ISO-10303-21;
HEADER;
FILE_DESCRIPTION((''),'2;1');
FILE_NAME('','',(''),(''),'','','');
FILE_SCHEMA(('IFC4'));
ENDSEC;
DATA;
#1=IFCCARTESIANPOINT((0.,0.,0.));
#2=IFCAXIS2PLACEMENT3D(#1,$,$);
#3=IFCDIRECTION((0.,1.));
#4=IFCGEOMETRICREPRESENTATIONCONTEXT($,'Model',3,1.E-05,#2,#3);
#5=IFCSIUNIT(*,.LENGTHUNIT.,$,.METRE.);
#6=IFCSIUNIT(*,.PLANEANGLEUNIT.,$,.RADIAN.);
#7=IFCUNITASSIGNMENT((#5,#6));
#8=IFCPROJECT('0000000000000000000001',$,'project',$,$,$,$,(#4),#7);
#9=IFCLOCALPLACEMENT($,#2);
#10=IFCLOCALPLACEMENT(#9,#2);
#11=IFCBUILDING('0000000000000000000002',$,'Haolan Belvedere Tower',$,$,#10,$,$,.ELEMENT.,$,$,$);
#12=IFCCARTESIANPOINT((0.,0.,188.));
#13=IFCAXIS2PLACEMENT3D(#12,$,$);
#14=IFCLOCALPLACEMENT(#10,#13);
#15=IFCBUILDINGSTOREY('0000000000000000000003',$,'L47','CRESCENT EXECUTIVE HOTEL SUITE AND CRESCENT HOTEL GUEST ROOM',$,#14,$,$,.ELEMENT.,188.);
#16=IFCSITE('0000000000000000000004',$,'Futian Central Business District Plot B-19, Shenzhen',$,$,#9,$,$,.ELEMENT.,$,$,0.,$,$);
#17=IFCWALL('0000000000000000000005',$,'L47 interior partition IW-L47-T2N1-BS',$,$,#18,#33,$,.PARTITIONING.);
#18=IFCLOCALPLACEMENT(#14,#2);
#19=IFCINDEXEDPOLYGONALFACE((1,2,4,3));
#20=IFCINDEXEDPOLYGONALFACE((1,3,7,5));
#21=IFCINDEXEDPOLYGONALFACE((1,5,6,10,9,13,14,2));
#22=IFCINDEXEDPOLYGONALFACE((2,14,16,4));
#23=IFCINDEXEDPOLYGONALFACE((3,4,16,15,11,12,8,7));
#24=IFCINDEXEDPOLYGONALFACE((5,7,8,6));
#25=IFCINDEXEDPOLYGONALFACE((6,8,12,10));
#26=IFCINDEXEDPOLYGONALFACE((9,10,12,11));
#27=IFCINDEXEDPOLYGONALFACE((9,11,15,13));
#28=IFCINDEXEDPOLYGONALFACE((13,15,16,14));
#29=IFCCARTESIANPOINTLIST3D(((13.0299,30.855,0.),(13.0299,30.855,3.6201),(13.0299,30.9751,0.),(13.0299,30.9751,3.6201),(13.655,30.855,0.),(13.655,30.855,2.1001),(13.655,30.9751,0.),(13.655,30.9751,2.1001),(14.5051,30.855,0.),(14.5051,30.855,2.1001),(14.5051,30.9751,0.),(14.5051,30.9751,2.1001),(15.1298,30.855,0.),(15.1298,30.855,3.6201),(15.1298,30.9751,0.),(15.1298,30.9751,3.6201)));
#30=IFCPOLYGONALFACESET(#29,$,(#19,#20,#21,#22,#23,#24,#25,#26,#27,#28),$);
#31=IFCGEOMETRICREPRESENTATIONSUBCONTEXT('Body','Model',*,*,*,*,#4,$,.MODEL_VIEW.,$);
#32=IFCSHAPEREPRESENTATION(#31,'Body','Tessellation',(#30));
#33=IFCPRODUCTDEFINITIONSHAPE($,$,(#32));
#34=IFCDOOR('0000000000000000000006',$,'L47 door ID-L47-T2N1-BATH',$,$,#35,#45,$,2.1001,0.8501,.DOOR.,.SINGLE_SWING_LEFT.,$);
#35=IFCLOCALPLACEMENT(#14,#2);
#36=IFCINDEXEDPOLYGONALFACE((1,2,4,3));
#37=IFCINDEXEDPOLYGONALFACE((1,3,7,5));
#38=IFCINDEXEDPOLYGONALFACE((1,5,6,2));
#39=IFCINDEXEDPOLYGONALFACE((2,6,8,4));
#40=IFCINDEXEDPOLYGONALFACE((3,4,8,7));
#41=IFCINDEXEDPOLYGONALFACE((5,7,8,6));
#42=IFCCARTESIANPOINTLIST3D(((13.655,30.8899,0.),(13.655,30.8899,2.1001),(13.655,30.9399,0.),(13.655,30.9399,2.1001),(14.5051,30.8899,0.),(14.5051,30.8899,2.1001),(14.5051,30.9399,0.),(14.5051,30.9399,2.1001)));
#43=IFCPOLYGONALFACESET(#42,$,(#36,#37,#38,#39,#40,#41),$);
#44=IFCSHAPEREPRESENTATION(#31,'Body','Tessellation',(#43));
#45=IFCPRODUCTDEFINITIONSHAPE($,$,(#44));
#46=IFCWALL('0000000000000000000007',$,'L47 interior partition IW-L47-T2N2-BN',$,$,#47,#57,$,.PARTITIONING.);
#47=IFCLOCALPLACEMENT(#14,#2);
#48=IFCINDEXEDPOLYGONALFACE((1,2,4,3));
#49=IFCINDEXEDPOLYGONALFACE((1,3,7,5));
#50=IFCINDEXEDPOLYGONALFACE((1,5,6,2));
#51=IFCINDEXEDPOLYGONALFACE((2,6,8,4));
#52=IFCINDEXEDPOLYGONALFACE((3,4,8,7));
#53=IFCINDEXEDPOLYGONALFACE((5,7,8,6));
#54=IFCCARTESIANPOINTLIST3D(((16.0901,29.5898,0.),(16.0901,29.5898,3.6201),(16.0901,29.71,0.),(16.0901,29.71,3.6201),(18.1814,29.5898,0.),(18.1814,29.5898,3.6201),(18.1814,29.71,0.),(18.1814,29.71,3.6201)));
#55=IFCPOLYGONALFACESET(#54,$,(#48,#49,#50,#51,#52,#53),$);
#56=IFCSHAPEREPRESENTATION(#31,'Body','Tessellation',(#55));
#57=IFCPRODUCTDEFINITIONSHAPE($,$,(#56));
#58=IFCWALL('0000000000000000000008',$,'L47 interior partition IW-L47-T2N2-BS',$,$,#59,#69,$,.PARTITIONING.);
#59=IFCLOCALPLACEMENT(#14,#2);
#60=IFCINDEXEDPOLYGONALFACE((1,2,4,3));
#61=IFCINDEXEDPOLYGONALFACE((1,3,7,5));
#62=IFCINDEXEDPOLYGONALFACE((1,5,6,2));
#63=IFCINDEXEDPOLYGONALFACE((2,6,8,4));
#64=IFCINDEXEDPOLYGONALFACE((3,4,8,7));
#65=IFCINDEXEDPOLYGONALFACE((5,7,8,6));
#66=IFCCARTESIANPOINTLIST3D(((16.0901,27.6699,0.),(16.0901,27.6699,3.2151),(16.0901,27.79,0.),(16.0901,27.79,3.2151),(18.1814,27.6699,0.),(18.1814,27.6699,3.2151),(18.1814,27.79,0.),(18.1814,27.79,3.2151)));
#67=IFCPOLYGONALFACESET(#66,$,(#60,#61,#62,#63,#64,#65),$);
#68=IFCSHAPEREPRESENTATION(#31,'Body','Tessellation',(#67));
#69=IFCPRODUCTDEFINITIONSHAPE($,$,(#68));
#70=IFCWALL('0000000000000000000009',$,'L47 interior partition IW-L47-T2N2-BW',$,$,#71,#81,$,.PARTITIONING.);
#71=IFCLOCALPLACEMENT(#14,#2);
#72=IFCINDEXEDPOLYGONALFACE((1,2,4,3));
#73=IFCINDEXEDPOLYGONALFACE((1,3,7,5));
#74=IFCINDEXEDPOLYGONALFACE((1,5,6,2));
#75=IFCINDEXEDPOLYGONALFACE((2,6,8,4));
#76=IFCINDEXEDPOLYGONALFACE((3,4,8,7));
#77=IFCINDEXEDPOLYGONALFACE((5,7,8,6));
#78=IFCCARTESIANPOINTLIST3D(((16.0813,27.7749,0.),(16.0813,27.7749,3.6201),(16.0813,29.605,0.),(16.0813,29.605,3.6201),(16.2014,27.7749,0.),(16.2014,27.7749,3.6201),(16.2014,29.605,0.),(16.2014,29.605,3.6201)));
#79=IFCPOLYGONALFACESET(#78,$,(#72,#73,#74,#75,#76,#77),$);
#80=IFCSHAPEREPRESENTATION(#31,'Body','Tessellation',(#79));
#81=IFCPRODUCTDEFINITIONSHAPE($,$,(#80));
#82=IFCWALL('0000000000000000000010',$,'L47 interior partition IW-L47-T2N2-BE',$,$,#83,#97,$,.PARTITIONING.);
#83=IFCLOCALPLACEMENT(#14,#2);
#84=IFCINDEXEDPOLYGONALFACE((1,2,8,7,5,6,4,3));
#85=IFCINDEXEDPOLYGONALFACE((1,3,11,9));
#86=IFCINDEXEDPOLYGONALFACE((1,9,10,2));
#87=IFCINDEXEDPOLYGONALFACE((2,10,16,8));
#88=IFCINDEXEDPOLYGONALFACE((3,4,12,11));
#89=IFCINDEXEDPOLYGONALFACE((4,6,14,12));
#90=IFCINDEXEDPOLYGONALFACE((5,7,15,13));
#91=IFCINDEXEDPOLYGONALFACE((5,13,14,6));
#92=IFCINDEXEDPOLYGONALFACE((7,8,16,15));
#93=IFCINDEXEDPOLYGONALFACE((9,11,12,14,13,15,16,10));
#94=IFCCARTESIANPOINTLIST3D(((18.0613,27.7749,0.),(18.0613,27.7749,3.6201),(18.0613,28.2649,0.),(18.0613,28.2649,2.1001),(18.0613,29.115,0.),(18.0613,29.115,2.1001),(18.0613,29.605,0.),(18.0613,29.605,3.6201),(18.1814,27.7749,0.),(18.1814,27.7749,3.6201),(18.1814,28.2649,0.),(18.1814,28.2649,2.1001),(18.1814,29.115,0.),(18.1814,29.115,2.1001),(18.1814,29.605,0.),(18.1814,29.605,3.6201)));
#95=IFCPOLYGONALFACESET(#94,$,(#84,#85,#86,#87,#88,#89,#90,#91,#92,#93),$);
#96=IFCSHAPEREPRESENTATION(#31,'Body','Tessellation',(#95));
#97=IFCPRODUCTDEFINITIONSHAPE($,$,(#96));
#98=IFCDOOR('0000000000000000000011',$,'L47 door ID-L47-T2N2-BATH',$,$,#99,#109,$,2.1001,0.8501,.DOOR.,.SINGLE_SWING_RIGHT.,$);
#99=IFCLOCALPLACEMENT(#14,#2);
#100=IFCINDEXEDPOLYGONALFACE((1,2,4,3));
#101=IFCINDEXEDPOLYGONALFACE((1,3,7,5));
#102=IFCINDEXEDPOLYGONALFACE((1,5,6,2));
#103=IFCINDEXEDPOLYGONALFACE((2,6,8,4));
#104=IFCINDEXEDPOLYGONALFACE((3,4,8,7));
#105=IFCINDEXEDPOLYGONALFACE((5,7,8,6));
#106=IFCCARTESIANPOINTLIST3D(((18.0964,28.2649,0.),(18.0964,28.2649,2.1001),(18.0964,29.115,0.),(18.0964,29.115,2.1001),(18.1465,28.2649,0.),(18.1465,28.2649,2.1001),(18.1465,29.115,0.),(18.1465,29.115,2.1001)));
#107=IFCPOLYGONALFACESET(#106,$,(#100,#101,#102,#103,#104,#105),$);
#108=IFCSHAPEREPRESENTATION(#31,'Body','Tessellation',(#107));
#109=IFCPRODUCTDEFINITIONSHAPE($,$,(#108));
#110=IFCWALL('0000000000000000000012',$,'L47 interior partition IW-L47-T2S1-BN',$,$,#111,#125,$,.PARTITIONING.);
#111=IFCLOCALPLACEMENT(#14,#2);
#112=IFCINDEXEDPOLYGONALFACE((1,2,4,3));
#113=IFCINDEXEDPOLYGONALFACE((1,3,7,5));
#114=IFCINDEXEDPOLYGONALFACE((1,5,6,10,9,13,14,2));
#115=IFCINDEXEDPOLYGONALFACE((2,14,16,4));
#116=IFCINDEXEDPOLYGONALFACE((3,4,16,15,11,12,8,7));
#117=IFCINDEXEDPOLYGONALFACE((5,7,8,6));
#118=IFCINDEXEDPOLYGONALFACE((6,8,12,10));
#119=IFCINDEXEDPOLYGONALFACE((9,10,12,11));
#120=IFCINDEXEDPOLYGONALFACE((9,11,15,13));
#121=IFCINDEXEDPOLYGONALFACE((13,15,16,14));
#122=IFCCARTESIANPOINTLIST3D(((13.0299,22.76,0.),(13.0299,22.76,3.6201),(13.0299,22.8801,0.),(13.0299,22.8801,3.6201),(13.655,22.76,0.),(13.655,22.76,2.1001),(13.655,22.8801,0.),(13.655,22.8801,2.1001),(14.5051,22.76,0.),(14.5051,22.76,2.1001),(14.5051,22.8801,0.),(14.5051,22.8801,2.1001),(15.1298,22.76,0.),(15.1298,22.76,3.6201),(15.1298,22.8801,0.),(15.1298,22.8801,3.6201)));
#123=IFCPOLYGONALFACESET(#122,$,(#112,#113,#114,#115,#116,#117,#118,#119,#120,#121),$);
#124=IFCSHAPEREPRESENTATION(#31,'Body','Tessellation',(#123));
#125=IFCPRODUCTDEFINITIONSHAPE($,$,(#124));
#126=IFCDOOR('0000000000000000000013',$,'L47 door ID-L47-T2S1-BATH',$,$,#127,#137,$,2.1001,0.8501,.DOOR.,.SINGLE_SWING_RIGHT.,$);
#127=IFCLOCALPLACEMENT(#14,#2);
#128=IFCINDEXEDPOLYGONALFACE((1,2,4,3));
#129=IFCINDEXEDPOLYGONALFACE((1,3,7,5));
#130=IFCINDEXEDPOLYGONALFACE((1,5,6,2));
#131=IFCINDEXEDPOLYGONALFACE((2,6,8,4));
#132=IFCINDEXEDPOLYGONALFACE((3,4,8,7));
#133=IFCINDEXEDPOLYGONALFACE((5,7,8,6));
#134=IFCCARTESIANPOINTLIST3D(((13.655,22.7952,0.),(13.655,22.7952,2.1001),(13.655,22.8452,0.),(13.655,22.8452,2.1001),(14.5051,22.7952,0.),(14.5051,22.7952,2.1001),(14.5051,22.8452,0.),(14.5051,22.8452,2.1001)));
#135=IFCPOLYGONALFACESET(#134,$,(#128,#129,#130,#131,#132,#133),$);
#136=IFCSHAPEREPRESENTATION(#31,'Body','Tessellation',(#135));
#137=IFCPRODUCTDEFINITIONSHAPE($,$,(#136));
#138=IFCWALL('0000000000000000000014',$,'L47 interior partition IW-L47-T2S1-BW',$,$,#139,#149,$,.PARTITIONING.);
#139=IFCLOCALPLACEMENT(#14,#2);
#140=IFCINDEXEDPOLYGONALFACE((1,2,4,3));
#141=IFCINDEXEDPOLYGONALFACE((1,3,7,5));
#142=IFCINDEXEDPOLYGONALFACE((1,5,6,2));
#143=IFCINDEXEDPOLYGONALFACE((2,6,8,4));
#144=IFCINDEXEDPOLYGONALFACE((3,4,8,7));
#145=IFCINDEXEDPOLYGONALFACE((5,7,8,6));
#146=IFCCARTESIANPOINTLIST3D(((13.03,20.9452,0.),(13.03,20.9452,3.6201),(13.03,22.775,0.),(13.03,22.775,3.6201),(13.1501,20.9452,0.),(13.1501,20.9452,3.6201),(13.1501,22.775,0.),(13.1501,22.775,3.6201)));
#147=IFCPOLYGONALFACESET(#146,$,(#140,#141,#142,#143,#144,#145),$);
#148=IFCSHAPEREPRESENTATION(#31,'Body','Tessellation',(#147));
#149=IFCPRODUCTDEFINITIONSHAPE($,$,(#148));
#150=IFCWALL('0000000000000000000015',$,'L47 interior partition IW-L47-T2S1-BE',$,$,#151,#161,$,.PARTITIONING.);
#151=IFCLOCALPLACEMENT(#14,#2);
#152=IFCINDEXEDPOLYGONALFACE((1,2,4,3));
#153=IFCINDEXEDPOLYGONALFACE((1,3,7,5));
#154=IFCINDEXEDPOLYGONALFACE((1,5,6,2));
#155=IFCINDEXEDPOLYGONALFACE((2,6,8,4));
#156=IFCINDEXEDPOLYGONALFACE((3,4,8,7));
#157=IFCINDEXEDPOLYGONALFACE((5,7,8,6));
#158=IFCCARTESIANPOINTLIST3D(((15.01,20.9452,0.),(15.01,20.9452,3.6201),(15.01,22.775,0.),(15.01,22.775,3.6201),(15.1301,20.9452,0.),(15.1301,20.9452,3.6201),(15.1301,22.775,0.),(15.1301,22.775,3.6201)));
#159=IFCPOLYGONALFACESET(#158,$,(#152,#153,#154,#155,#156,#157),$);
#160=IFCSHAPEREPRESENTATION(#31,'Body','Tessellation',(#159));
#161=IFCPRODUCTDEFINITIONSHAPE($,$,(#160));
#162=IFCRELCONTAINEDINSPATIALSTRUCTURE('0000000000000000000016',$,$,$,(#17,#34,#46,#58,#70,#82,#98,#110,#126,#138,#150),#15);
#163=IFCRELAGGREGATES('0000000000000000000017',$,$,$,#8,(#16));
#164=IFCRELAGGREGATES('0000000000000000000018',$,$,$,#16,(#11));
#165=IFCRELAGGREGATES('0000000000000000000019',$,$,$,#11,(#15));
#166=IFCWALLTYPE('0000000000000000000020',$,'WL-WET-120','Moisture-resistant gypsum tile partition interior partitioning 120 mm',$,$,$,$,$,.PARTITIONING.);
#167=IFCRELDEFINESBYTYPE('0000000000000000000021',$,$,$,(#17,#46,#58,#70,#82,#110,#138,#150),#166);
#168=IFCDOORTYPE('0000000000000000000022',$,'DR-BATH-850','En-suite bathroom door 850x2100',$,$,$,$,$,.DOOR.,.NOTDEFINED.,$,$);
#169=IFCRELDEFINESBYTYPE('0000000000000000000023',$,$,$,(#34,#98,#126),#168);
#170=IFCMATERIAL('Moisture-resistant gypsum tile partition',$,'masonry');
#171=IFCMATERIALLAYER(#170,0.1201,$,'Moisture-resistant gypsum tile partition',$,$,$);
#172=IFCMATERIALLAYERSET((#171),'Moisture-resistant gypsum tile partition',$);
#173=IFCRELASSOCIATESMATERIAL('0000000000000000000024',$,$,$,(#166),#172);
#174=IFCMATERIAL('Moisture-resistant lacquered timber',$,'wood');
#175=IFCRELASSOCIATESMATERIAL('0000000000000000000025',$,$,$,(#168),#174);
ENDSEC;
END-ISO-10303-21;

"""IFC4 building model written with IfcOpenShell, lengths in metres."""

from ifc_helpers import new_model, si_unit, direction, frame, frame_2d, origin, place, context, subcontext, project, spatial, rectangle, extrude, material, layer, layer_set, type_object, element, fill, save


model = new_model("IFC4")

# Units and contexts
model_context = context("Model", 3, precision=1e-05, world=origin(), true_north=direction((0.0, 1.0)))
body_context = subcontext(model_context, "Body", "Model", "MODEL_VIEW")
ifc_project = project(units=[si_unit("LENGTHUNIT", "METRE"), si_unit("PLANEANGLEUNIT", "RADIAN")], contexts=[model_context])

# Site, building, storey
site_placement = place(None, origin())
site = spatial("IfcSite", under=ifc_project, at=site_placement, Name="Futian Central Business District Plot B-19, Shenzhen", CompositionType="ELEMENT", RefElevation=0.0)
building_placement = place(site_placement, origin())
building = spatial("IfcBuilding", under=site, at=building_placement, Name="Haolan Belvedere Tower", CompositionType="ELEMENT")
storey_placement = place(building_placement, frame((0.0, 0.0, 188.0)))
storey = spatial("IfcBuildingStorey", under=building, at=storey_placement, Name="L47", Description="CRESCENT EXECUTIVE HOTEL SUITE AND CRESCENT HOTEL GUEST ROOM", CompositionType="ELEMENT", Elevation=188.0)

# Wall, opening, door
ifc_material_1 = material(Name="Moisture-resistant gypsum tile partition", Category="masonry")
ifc_layer_1 = layer(ifc_material_1, 0.1201, Name="Moisture-resistant gypsum tile partition")
ifc_layer_set_1 = layer_set([ifc_layer_1], Name="Moisture-resistant gypsum tile partition")
wall_type_1 = type_object("IfcWallType", Name="WL-WET-120", Description="Moisture-resistant gypsum tile partition interior partitioning 120 mm", PredefinedType="PARTITIONING", material=ifc_layer_set_1)
wall_1_placement = place(storey_placement, frame((13.03, 30.915, 0.0), z_axis=(0.0, 0.0, 1.0), x_axis=(1.0, 0.0, 0.0)))
wall_1 = element("IfcWall", 1, at=wall_1_placement, inside=storey, type_object=wall_type_1, Name="L47 interior partition IW-L47-T2N1-BS", PredefinedType="PARTITIONING", context=body_context, shape_type="SweptSolid", body=[
    extrude(rectangle(XDim=2.0999, YDim=0.1201, at=frame_2d((1.0498, 0.0))), origin(), (0.0, 0.0, 1.0), 3.6201),
])
opening_1_placement = place(wall_1_placement, frame((0.625, 0.0, 0.0)))
opening_1 = element("IfcOpeningElement", 2, at=opening_1_placement, cuts=wall_1, PredefinedType="OPENING", context=body_context, shape_type="SweptSolid", body=[
    extrude(rectangle(XDim=0.8501, YDim=2.1001, at=frame_2d((0.425, 1.05))), frame((0.0, 0.0701, 0.0), z_axis=(0.0, -1.0, 0.0), x_axis=(1.0, 0.0, 0.0)), (0.0, 0.0, 1.0), 0.1401),
])
ifc_material_2 = material(Name="Moisture-resistant lacquered timber", Category="wood")
door_type_1 = type_object("IfcDoorType", Name="DR-BATH-850", Description="En-suite bathroom door 850x2100", OperationType="NOTDEFINED", PredefinedType="DOOR", material=ifc_material_2)
door_1_placement = place(opening_1_placement, origin())
door_1 = element("IfcDoor", 3, at=door_1_placement, inside=storey, type_object=door_type_1, Name="L47 door ID-L47-T2N1-BATH", OperationType="SINGLE_SWING_LEFT", OverallHeight=2.1001, OverallWidth=0.8501, PredefinedType="DOOR", context=body_context, shape_type="SweptSolid", body=[
    extrude(rectangle(XDim=0.8501, YDim=2.1001, at=frame_2d((0.425, 1.05))), frame((0.0, 0.0249, 0.0), z_axis=(0.0, -1.0, 0.0), x_axis=(1.0, 0.0, 0.0)), (0.0, 0.0, 1.0), 0.05),
])
fill(opening_1, door_1)

# Walls
wall_2_placement = place(storey_placement, frame((16.0901, 29.6499, 0.0), z_axis=(0.0, 0.0, 1.0), x_axis=(1.0, 0.0, 0.0)))
element("IfcWall", 4, at=wall_2_placement, inside=storey, type_object=wall_type_1, Name="L47 interior partition IW-L47-T2N2-BN", PredefinedType="PARTITIONING", context=body_context, shape_type="SweptSolid", body=[
    extrude(rectangle(XDim=2.0913, YDim=0.1201, at=frame_2d((1.0457, 0.0))), origin(), (0.0, 0.0, 1.0), 3.6201),
])
wall_3_placement = place(storey_placement, frame((16.0901, 27.73, 0.0), z_axis=(0.0, 0.0, 1.0), x_axis=(1.0, 0.0, 0.0)))
element("IfcWall", 5, at=wall_3_placement, inside=storey, type_object=wall_type_1, Name="L47 interior partition IW-L47-T2N2-BS", PredefinedType="PARTITIONING", context=body_context, shape_type="SweptSolid", body=[
    extrude(rectangle(XDim=2.0913, YDim=0.1201, at=frame_2d((1.0457, 0.0))), origin(), (0.0, 0.0, 1.0), 3.2151),
])
wall_4_placement = place(storey_placement, frame((16.1414, 27.7749, 0.0), z_axis=(0.0, 0.0, 1.0), x_axis=(0.0, 1.0, 0.0)))
element("IfcWall", 6, at=wall_4_placement, inside=storey, type_object=wall_type_1, Name="L47 interior partition IW-L47-T2N2-BW", PredefinedType="PARTITIONING", context=body_context, shape_type="SweptSolid", body=[
    extrude(rectangle(XDim=1.8301, YDim=0.1201, at=frame_2d((0.915, 0.0))), origin(), (0.0, 0.0, 1.0), 3.6201),
])

# Walls, openings, doors
wall_5_placement = place(storey_placement, frame((18.1213, 27.7749, 0.0), z_axis=(0.0, 0.0, 1.0), x_axis=(0.0, 1.0, 0.0)))
wall_5 = element("IfcWall", 7, at=wall_5_placement, inside=storey, type_object=wall_type_1, Name="L47 interior partition IW-L47-T2N2-BE", PredefinedType="PARTITIONING", context=body_context, shape_type="SweptSolid", body=[
    extrude(rectangle(XDim=1.8301, YDim=0.1201, at=frame_2d((0.915, 0.0))), origin(), (0.0, 0.0, 1.0), 3.6201),
])
opening_2_placement = place(wall_5_placement, frame((0.49, 0.0, 0.0)))
opening_2 = element("IfcOpeningElement", 8, at=opening_2_placement, cuts=wall_5, PredefinedType="OPENING", context=body_context, shape_type="SweptSolid", body=[
    extrude(rectangle(XDim=0.8501, YDim=2.1001, at=frame_2d((0.425, 1.05))), frame((0.0, 0.0701, 0.0), z_axis=(0.0, -1.0, 0.0), x_axis=(1.0, 0.0, 0.0)), (0.0, 0.0, 1.0), 0.1401),
])
door_2_placement = place(opening_2_placement, origin())
door_2 = element("IfcDoor", 9, at=door_2_placement, inside=storey, type_object=door_type_1, Name="L47 door ID-L47-T2N2-BATH", OperationType="SINGLE_SWING_RIGHT", OverallHeight=2.1001, OverallWidth=0.8501, PredefinedType="DOOR", context=body_context, shape_type="SweptSolid", body=[
    extrude(rectangle(XDim=0.8501, YDim=2.1001, at=frame_2d((0.425, 1.05))), frame((0.0, 0.0249, 0.0), z_axis=(0.0, -1.0, 0.0), x_axis=(1.0, 0.0, 0.0)), (0.0, 0.0, 1.0), 0.05),
])
fill(opening_2, door_2)
wall_6_placement = place(storey_placement, frame((13.03, 22.8201, 0.0), z_axis=(0.0, 0.0, 1.0), x_axis=(1.0, 0.0, 0.0)))
wall_6 = element("IfcWall", 10, at=wall_6_placement, inside=storey, type_object=wall_type_1, Name="L47 interior partition IW-L47-T2S1-BN", PredefinedType="PARTITIONING", context=body_context, shape_type="SweptSolid", body=[
    extrude(rectangle(XDim=2.0999, YDim=0.1201, at=frame_2d((1.0498, 0.0))), origin(), (0.0, 0.0, 1.0), 3.6201),
])
opening_3_placement = place(wall_6_placement, frame((1.4751, 0.0, 0.0), z_axis=(0.0, 0.0, 1.0), x_axis=(-1.0, 0.0, 0.0)))
opening_3 = element("IfcOpeningElement", 11, at=opening_3_placement, cuts=wall_6, PredefinedType="OPENING", context=body_context, shape_type="SweptSolid", body=[
    extrude(rectangle(XDim=0.8501, YDim=2.1001, at=frame_2d((0.425, 1.05))), frame((0.0, 0.0701, 0.0), z_axis=(0.0, -1.0, 0.0), x_axis=(1.0, 0.0, 0.0)), (0.0, 0.0, 1.0), 0.1401),
])
door_3_placement = place(opening_3_placement, origin())
door_3 = element("IfcDoor", 12, at=door_3_placement, inside=storey, type_object=door_type_1, Name="L47 door ID-L47-T2S1-BATH", OperationType="SINGLE_SWING_RIGHT", OverallHeight=2.1001, OverallWidth=0.8501, PredefinedType="DOOR", context=body_context, shape_type="SweptSolid", body=[
    extrude(rectangle(XDim=0.8501, YDim=2.1001, at=frame_2d((0.425, 1.05))), frame((0.0, 0.0249, 0.0), z_axis=(0.0, -1.0, 0.0), x_axis=(1.0, 0.0, 0.0)), (0.0, 0.0, 1.0), 0.05),
])
fill(opening_3, door_3)

# Walls
for number, where, z_axis, x_axis, name in (
    (13, (13.0901, 20.9451, 0.0), (0.0, 0.0, 1.0), (0.0, 1.0, 0.0), "L47 interior partition IW-L47-T2S1-BW"),
    (14, (15.0701, 20.9451, 0.0), (0.0, 0.0, 1.0), (0.0, 1.0, 0.0), "L47 interior partition IW-L47-T2S1-BE"),
):
    element("IfcWall", number, at=place(storey_placement, frame(where, z_axis=z_axis, x_axis=x_axis)), inside=storey, type_object=wall_type_1, Name=name, PredefinedType="PARTITIONING", context=body_context, shape_type="SweptSolid", body=[
        extrude(rectangle(XDim=1.8298, YDim=0.1201, at=frame_2d((0.915, 0.0))), origin(), (0.0, 0.0, 1.0), 3.6201),
    ])

save(model, "model.ifc")
